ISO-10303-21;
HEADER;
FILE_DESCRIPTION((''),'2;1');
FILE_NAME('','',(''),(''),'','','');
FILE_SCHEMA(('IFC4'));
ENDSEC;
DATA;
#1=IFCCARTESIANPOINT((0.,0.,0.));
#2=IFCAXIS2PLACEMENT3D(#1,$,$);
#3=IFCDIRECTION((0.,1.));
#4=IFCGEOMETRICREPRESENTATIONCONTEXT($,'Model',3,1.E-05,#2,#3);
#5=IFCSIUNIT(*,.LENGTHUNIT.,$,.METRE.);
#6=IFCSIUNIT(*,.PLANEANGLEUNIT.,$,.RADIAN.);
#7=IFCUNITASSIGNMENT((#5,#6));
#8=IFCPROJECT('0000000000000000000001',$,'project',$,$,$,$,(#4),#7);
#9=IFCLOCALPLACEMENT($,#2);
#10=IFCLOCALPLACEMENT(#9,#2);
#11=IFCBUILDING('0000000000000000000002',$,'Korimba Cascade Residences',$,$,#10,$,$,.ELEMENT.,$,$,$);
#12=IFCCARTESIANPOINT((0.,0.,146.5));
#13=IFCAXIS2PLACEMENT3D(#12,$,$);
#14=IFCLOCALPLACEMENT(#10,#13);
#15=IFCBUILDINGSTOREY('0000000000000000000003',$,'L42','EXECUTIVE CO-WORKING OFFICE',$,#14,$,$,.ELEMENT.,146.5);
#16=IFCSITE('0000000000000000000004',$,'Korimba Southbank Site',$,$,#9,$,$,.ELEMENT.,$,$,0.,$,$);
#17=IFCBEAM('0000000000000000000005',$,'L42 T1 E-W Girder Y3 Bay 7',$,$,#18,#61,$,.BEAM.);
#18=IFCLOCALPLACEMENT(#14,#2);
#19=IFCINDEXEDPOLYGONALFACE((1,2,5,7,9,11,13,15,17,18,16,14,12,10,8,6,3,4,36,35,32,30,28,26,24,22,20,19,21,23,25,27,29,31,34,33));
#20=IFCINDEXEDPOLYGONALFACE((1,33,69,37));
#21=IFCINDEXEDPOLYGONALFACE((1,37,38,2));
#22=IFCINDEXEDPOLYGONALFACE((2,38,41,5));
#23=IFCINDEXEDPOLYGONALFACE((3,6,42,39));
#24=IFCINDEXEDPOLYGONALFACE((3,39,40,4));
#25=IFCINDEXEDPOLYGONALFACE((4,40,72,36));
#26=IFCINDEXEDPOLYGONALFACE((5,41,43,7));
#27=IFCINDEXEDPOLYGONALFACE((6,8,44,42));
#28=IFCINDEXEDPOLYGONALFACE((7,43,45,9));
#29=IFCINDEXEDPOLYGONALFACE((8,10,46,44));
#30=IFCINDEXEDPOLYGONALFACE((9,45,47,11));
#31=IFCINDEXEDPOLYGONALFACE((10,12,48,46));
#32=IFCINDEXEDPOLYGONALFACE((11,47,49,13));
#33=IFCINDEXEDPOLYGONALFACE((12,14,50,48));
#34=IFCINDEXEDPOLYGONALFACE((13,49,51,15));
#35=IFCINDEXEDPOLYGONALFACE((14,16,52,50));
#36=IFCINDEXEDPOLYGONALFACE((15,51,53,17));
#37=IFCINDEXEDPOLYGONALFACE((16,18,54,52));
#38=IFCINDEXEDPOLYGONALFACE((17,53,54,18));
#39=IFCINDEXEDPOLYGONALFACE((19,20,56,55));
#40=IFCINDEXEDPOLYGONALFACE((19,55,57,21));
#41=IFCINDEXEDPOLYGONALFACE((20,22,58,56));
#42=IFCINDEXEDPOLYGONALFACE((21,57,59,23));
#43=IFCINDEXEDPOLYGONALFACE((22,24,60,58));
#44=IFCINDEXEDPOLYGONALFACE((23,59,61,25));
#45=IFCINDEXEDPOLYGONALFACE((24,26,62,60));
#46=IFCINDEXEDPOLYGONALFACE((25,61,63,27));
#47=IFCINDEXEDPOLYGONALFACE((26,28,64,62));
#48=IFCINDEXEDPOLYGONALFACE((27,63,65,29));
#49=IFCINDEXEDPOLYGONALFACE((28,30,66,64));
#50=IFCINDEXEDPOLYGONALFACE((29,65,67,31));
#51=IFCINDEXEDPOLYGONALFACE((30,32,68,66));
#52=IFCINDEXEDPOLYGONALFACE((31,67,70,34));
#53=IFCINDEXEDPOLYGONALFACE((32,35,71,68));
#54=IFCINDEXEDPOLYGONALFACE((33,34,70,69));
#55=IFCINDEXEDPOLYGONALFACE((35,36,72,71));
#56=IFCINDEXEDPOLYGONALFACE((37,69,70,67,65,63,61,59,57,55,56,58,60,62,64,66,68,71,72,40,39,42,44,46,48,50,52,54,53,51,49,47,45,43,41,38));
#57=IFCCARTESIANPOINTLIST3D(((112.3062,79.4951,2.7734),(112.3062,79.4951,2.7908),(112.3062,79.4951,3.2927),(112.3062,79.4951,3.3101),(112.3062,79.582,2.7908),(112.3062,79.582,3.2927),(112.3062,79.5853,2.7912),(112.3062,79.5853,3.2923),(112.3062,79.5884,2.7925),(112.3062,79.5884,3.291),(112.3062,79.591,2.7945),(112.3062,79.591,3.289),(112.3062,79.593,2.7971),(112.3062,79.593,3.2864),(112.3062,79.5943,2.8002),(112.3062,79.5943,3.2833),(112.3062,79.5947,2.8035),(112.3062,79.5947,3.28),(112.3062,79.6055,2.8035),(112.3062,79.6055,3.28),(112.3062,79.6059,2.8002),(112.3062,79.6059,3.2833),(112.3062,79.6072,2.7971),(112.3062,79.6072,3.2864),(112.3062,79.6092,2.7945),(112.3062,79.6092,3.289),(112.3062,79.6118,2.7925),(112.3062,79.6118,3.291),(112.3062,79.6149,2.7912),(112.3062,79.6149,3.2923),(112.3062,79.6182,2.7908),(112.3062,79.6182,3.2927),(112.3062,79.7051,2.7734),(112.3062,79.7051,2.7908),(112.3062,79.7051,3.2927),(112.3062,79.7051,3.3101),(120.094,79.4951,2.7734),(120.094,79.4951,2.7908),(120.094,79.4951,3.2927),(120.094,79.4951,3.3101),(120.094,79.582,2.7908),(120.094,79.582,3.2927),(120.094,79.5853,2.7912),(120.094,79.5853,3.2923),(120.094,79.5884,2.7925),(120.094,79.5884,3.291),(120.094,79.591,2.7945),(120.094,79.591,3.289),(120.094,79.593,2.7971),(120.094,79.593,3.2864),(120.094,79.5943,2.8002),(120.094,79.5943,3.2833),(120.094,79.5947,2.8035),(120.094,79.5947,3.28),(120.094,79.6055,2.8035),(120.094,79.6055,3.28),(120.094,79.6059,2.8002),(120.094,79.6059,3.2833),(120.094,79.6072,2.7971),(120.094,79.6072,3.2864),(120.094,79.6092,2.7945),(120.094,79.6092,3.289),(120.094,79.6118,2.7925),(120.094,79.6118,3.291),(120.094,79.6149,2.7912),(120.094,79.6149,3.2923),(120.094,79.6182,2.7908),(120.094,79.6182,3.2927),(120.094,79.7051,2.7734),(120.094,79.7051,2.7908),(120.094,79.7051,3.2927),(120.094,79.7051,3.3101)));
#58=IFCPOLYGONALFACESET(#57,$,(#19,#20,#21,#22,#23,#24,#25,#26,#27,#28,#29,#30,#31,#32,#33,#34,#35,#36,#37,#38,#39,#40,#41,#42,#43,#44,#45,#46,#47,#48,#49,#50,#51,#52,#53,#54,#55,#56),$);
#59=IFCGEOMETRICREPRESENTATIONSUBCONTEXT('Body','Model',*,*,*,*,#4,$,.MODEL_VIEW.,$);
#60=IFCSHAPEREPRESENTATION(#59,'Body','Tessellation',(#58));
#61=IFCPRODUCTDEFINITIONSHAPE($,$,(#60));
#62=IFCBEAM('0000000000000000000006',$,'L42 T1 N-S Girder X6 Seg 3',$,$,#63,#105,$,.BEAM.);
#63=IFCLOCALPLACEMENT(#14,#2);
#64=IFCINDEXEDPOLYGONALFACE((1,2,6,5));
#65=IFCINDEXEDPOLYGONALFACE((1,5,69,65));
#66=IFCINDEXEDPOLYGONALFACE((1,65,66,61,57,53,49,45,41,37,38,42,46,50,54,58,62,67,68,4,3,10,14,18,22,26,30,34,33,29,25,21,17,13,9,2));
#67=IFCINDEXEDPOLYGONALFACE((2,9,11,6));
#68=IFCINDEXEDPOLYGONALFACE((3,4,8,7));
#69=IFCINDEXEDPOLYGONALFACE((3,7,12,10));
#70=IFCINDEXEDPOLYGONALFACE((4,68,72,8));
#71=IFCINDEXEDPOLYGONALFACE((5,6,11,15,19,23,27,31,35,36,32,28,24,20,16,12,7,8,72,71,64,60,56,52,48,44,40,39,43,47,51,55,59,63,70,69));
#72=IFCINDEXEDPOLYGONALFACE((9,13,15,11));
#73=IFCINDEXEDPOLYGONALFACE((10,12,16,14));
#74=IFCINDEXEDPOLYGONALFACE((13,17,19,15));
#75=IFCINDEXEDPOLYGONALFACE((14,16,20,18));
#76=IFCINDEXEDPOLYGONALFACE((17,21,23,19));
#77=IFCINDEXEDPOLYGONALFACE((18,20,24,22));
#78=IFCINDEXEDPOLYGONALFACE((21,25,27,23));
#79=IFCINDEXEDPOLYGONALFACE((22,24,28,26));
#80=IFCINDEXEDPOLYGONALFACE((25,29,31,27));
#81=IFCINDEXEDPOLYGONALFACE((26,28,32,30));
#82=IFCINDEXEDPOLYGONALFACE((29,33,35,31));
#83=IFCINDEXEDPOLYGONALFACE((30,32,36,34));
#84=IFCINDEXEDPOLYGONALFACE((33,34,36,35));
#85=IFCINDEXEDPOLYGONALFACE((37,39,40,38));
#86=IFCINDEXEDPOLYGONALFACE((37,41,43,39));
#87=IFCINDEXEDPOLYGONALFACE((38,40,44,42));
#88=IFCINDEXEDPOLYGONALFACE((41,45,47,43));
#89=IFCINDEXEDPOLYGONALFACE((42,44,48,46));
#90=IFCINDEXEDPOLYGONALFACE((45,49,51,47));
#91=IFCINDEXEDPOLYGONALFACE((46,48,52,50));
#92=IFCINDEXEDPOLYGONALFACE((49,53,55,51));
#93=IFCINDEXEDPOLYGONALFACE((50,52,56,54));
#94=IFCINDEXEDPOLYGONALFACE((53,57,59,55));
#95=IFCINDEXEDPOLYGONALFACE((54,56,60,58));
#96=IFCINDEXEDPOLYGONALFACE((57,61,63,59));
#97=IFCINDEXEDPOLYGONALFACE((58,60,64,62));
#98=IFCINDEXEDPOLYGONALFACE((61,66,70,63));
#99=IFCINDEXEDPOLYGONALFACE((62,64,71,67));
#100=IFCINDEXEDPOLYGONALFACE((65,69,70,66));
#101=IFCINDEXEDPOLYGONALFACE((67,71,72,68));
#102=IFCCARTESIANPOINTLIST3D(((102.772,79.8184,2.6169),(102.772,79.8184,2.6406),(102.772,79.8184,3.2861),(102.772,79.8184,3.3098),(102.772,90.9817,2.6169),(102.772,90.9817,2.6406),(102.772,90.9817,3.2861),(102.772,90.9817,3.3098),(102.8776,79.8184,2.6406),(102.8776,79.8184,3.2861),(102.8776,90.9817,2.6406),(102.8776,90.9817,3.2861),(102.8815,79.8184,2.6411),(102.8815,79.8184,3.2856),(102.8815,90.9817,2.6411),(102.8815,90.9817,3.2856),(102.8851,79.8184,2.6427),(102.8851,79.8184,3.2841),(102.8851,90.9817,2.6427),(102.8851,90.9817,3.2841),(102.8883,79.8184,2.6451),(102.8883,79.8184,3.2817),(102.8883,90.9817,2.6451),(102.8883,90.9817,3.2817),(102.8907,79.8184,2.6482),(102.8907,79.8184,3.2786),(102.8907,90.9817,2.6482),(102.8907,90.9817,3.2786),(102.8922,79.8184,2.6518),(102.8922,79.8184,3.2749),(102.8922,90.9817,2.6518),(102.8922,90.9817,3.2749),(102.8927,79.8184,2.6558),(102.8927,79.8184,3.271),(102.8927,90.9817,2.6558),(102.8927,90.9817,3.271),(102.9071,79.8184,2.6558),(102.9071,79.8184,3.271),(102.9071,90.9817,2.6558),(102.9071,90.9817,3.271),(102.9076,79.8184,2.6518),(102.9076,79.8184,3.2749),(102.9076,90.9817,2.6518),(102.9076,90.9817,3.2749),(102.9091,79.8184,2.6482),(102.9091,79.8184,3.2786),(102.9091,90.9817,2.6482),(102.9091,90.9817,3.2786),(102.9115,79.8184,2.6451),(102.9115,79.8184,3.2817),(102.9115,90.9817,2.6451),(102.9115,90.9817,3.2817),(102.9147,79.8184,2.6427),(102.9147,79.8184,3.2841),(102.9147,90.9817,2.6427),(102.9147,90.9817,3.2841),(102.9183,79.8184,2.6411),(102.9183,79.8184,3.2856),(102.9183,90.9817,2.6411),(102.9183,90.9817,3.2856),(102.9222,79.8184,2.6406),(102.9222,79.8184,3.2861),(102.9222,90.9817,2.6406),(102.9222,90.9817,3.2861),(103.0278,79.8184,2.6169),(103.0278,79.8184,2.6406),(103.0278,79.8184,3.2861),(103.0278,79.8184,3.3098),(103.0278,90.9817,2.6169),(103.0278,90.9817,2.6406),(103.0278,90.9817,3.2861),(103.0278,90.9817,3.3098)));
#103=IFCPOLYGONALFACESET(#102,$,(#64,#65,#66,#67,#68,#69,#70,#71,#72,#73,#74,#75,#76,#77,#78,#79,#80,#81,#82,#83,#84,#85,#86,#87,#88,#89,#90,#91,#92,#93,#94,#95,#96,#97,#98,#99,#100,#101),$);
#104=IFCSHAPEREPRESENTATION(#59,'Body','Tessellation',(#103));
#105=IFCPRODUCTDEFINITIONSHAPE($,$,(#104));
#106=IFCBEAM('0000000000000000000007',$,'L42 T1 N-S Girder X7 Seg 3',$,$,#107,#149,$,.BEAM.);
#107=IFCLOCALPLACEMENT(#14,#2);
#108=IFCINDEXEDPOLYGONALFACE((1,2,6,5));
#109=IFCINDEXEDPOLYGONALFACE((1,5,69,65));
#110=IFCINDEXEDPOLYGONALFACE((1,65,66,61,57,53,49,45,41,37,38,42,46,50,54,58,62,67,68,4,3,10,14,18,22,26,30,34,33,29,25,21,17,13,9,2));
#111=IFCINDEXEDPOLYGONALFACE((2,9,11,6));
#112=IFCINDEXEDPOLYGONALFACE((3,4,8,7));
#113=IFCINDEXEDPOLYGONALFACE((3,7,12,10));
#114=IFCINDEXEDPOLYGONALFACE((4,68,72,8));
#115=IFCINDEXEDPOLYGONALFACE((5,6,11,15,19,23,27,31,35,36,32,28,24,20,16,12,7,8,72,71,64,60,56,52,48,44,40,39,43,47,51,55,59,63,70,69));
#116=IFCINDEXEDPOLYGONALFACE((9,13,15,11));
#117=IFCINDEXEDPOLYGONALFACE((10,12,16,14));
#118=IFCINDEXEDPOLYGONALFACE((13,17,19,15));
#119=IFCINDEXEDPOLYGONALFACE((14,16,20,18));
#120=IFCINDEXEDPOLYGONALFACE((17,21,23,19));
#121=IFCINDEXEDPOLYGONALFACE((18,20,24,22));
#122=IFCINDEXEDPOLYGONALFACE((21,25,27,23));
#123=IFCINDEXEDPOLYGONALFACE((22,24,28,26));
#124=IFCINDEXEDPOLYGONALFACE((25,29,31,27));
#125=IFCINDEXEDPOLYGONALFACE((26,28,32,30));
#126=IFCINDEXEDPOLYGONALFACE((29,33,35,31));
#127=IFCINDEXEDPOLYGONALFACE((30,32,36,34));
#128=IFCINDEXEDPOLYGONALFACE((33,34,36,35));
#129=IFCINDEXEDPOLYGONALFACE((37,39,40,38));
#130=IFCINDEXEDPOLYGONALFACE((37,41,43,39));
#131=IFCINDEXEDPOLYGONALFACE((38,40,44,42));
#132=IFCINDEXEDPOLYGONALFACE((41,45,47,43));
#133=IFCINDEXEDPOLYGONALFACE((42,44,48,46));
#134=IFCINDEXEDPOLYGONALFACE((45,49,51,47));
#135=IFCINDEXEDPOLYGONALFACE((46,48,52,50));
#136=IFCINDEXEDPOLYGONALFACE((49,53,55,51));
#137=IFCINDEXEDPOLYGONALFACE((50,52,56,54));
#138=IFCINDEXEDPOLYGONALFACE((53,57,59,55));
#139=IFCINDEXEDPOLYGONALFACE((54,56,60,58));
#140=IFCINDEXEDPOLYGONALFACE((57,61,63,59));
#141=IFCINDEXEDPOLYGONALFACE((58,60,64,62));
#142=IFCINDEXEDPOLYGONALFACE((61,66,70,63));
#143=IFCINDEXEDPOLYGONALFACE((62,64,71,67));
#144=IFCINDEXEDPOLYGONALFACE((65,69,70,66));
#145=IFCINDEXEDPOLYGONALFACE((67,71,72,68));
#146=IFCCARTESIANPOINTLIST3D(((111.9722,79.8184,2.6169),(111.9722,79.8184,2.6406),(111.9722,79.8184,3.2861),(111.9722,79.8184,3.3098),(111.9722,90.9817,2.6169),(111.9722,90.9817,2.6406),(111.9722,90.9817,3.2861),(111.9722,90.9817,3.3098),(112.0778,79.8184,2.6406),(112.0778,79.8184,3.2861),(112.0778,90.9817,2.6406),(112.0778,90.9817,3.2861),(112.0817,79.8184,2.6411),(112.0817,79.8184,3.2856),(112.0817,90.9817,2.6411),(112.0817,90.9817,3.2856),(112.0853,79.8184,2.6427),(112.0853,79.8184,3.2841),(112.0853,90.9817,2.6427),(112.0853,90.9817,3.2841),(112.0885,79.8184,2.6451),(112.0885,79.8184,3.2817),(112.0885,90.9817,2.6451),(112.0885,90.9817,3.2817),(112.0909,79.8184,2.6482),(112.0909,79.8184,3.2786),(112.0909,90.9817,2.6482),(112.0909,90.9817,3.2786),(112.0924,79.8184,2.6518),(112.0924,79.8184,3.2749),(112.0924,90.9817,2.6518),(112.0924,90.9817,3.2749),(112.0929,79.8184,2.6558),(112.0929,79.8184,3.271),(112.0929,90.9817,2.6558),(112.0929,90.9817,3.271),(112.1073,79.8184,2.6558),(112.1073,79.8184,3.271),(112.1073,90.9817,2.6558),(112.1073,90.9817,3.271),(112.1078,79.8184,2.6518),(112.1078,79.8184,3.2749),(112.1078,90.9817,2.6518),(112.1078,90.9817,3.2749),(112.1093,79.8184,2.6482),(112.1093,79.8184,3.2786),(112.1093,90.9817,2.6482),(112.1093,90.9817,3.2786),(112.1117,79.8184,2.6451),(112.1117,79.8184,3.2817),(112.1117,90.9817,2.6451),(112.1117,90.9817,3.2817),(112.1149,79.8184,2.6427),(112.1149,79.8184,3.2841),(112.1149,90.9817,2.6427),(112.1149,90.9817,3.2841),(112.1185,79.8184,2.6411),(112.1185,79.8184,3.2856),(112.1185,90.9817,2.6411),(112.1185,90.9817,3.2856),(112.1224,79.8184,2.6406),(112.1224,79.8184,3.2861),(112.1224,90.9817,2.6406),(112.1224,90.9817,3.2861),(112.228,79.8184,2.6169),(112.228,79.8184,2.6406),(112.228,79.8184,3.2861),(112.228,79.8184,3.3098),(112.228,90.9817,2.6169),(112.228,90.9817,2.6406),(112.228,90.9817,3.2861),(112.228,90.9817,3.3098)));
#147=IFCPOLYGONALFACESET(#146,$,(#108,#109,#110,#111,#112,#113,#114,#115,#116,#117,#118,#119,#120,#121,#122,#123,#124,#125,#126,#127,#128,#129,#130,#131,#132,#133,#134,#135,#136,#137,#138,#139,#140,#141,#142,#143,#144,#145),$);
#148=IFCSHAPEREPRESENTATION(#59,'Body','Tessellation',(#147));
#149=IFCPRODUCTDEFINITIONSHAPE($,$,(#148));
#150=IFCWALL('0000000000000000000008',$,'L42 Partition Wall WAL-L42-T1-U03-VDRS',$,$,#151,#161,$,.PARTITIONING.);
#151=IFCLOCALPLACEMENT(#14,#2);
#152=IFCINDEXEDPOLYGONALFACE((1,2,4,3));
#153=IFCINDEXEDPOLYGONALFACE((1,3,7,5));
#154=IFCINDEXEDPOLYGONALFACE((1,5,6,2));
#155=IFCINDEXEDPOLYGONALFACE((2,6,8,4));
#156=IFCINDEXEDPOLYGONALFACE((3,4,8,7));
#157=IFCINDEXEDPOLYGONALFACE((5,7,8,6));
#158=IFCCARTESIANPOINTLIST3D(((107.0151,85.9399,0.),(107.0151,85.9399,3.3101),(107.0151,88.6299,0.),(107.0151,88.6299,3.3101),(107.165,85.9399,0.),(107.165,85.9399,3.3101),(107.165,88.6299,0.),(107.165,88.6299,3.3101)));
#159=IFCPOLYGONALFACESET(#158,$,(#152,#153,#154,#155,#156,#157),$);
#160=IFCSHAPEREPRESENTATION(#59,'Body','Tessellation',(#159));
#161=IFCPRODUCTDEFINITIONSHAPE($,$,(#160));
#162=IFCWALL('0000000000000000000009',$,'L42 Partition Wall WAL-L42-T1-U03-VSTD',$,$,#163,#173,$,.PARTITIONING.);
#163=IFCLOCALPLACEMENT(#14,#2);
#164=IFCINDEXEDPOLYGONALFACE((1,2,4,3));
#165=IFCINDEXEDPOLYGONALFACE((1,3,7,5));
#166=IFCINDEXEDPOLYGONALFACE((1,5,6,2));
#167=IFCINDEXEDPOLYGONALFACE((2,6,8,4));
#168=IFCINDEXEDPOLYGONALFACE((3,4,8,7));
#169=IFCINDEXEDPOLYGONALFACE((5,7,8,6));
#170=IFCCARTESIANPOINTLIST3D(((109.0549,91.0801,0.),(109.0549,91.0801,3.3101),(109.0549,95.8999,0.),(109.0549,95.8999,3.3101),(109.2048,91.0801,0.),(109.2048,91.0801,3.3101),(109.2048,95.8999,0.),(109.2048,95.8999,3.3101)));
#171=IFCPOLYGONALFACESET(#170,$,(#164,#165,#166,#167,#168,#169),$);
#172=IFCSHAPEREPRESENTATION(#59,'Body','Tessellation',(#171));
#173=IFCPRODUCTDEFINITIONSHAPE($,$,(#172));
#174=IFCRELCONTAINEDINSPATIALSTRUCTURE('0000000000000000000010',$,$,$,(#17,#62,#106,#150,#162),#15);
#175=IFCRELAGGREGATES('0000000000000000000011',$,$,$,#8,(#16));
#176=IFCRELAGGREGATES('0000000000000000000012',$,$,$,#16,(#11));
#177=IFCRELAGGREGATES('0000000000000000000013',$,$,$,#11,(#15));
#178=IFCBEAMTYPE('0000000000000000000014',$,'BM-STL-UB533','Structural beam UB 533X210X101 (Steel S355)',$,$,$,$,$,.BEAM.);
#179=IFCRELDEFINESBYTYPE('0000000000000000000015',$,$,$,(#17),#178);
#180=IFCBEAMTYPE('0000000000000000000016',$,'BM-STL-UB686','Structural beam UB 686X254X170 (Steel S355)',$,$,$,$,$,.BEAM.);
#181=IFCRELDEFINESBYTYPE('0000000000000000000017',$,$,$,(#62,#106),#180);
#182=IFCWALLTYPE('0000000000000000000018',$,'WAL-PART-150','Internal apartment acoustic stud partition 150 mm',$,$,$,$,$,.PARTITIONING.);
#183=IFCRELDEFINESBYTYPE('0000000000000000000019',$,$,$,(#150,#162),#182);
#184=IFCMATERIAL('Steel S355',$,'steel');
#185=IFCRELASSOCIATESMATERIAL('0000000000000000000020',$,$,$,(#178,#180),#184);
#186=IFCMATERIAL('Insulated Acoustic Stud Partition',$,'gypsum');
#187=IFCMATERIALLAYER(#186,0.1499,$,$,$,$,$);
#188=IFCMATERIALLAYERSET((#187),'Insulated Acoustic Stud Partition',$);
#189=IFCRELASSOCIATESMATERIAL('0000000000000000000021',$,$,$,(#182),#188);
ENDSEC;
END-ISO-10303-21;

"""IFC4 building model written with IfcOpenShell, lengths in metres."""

from ifc_helpers import new_model, si_unit, direction, frame, frame_2d, origin, origin_2d, place, context, subcontext, project, spatial, rectangle, i_section, extrude, material, layer, layer_set, material_profile, profile_set, type_object, element, save


model = new_model("IFC4")

# Units and contexts
model_context = context("Model", 3, precision=1e-05, world=origin(), true_north=direction((0.0, 1.0)))
body_context = subcontext(model_context, "Body", "Model", "MODEL_VIEW")
ifc_project = project(units=[si_unit("LENGTHUNIT", "METRE"), si_unit("PLANEANGLEUNIT", "RADIAN")], contexts=[model_context])

# Site, building, storey
site_placement = place(None, origin())
site = spatial("IfcSite", under=ifc_project, at=site_placement, Name="Korimba Southbank Site", CompositionType="ELEMENT", RefElevation=0.0)
building_placement = place(site_placement, origin())
building = spatial("IfcBuilding", under=site, at=building_placement, Name="Korimba Cascade Residences", CompositionType="ELEMENT")
storey_placement = place(building_placement, frame((0.0, 0.0, 146.5)))
storey = spatial("IfcBuildingStorey", under=building, at=storey_placement, Name="L42", Description="EXECUTIVE CO-WORKING OFFICE", CompositionType="ELEMENT", Elevation=146.5)

# Beams
ifc_material_1 = material(Name="Steel S355", Category="steel")
ifc_material_profile_1 = material_profile(ifc_material_1, i_section(OverallWidth=0.21, OverallDepth=0.5366, WebThickness=0.0107, FlangeThickness=0.0173, FilletRadius=0.0127, at=origin_2d()), Name="Steel S355")
ifc_profile_set_1 = profile_set([ifc_material_profile_1], Name="Steel S355")
beam_type_1 = type_object("IfcBeamType", Name="BM-STL-UB533", Description="Structural beam UB 533X210X101 (Steel S355)", PredefinedType="BEAM", material=ifc_profile_set_1)
beam_1_placement = place(storey_placement, frame((112.3062, 79.6001, 3.0417), z_axis=(1.0, 0.0, 0.0), x_axis=(0.0, 1.0, 0.0)))
element("IfcBeam", 1, at=beam_1_placement, inside=storey, type_object=beam_type_1, Name="L42 T1 E-W Girder Y3 Bay 7", PredefinedType="BEAM", context=body_context, shape_type="SweptSolid", body=[
    extrude(i_section(OverallWidth=0.21, OverallDepth=0.5366, WebThickness=0.0107, FlangeThickness=0.0173, FilletRadius=0.0127, at=origin_2d()), origin(), (0.0, 0.0, 1.0), 7.7878),
])
ifc_material_profile_2 = material_profile(ifc_material_1, i_section(OverallWidth=0.2559, OverallDepth=0.6929, WebThickness=0.0144, FlangeThickness=0.0237, FilletRadius=0.0151, at=origin_2d()), Name="Steel S355")
ifc_profile_set_2 = profile_set([ifc_material_profile_2], Name="Steel S355")
beam_type_2 = type_object("IfcBeamType", Name="BM-STL-UB686", Description="Structural beam UB 686X254X170 (Steel S355)", PredefinedType="BEAM", material=ifc_profile_set_2)
for number, where, z_axis, x_axis, name in (
    (2, (102.8999, 79.8184, 2.9634), (0.0, 1.0, 0.0), (-1.0, 0.0, 0.0), "L42 T1 N-S Girder X6 Seg 3"),
    (3, (112.1001, 79.8184, 2.9634), (0.0, 1.0, 0.0), (-1.0, 0.0, 0.0), "L42 T1 N-S Girder X7 Seg 3"),
):
    element("IfcBeam", number, at=place(storey_placement, frame(where, z_axis=z_axis, x_axis=x_axis)), inside=storey, type_object=beam_type_2, Name=name, PredefinedType="BEAM", context=body_context, shape_type="SweptSolid", body=[
        extrude(i_section(OverallWidth=0.2559, OverallDepth=0.6929, WebThickness=0.0144, FlangeThickness=0.0237, FilletRadius=0.0151, at=origin_2d()), origin(), (0.0, 0.0, 1.0), 11.1633),
    ])

# Walls
ifc_material_2 = material(Name="Insulated Acoustic Stud Partition", Category="gypsum")
ifc_layer = layer(ifc_material_2, 0.1499)
ifc_layer_set = layer_set([ifc_layer], Name="Insulated Acoustic Stud Partition")
wall_type = type_object("IfcWallType", Name="WAL-PART-150", Description="Internal apartment acoustic stud partition 150 mm", PredefinedType="PARTITIONING", material=ifc_layer_set)
wall_1_placement = place(storey_placement, frame((107.0901, 85.9399, 0.0), z_axis=(0.0, 0.0, 1.0), x_axis=(0.0, 1.0, 0.0)))
element("IfcWall", 4, at=wall_1_placement, inside=storey, type_object=wall_type, Name="L42 Partition Wall WAL-L42-T1-U03-VDRS", PredefinedType="PARTITIONING", context=body_context, shape_type="SweptSolid", body=[
    extrude(rectangle(XDim=2.6899, YDim=0.1499, at=frame_2d((1.345, 0.0))), origin(), (0.0, 0.0, 1.0), 3.3101),
])
wall_2_placement = place(storey_placement, frame((109.1299, 91.0801, 0.0), z_axis=(0.0, 0.0, 1.0), x_axis=(0.0, 1.0, 0.0)))
element("IfcWall", 5, at=wall_2_placement, inside=storey, type_object=wall_type, Name="L42 Partition Wall WAL-L42-T1-U03-VSTD", PredefinedType="PARTITIONING", context=body_context, shape_type="SweptSolid", body=[
    extrude(rectangle(XDim=4.8198, YDim=0.1499, at=frame_2d((2.4099, 0.0))), origin(), (0.0, 0.0, 1.0), 3.3101),
])

save(model, "model.ifc")
